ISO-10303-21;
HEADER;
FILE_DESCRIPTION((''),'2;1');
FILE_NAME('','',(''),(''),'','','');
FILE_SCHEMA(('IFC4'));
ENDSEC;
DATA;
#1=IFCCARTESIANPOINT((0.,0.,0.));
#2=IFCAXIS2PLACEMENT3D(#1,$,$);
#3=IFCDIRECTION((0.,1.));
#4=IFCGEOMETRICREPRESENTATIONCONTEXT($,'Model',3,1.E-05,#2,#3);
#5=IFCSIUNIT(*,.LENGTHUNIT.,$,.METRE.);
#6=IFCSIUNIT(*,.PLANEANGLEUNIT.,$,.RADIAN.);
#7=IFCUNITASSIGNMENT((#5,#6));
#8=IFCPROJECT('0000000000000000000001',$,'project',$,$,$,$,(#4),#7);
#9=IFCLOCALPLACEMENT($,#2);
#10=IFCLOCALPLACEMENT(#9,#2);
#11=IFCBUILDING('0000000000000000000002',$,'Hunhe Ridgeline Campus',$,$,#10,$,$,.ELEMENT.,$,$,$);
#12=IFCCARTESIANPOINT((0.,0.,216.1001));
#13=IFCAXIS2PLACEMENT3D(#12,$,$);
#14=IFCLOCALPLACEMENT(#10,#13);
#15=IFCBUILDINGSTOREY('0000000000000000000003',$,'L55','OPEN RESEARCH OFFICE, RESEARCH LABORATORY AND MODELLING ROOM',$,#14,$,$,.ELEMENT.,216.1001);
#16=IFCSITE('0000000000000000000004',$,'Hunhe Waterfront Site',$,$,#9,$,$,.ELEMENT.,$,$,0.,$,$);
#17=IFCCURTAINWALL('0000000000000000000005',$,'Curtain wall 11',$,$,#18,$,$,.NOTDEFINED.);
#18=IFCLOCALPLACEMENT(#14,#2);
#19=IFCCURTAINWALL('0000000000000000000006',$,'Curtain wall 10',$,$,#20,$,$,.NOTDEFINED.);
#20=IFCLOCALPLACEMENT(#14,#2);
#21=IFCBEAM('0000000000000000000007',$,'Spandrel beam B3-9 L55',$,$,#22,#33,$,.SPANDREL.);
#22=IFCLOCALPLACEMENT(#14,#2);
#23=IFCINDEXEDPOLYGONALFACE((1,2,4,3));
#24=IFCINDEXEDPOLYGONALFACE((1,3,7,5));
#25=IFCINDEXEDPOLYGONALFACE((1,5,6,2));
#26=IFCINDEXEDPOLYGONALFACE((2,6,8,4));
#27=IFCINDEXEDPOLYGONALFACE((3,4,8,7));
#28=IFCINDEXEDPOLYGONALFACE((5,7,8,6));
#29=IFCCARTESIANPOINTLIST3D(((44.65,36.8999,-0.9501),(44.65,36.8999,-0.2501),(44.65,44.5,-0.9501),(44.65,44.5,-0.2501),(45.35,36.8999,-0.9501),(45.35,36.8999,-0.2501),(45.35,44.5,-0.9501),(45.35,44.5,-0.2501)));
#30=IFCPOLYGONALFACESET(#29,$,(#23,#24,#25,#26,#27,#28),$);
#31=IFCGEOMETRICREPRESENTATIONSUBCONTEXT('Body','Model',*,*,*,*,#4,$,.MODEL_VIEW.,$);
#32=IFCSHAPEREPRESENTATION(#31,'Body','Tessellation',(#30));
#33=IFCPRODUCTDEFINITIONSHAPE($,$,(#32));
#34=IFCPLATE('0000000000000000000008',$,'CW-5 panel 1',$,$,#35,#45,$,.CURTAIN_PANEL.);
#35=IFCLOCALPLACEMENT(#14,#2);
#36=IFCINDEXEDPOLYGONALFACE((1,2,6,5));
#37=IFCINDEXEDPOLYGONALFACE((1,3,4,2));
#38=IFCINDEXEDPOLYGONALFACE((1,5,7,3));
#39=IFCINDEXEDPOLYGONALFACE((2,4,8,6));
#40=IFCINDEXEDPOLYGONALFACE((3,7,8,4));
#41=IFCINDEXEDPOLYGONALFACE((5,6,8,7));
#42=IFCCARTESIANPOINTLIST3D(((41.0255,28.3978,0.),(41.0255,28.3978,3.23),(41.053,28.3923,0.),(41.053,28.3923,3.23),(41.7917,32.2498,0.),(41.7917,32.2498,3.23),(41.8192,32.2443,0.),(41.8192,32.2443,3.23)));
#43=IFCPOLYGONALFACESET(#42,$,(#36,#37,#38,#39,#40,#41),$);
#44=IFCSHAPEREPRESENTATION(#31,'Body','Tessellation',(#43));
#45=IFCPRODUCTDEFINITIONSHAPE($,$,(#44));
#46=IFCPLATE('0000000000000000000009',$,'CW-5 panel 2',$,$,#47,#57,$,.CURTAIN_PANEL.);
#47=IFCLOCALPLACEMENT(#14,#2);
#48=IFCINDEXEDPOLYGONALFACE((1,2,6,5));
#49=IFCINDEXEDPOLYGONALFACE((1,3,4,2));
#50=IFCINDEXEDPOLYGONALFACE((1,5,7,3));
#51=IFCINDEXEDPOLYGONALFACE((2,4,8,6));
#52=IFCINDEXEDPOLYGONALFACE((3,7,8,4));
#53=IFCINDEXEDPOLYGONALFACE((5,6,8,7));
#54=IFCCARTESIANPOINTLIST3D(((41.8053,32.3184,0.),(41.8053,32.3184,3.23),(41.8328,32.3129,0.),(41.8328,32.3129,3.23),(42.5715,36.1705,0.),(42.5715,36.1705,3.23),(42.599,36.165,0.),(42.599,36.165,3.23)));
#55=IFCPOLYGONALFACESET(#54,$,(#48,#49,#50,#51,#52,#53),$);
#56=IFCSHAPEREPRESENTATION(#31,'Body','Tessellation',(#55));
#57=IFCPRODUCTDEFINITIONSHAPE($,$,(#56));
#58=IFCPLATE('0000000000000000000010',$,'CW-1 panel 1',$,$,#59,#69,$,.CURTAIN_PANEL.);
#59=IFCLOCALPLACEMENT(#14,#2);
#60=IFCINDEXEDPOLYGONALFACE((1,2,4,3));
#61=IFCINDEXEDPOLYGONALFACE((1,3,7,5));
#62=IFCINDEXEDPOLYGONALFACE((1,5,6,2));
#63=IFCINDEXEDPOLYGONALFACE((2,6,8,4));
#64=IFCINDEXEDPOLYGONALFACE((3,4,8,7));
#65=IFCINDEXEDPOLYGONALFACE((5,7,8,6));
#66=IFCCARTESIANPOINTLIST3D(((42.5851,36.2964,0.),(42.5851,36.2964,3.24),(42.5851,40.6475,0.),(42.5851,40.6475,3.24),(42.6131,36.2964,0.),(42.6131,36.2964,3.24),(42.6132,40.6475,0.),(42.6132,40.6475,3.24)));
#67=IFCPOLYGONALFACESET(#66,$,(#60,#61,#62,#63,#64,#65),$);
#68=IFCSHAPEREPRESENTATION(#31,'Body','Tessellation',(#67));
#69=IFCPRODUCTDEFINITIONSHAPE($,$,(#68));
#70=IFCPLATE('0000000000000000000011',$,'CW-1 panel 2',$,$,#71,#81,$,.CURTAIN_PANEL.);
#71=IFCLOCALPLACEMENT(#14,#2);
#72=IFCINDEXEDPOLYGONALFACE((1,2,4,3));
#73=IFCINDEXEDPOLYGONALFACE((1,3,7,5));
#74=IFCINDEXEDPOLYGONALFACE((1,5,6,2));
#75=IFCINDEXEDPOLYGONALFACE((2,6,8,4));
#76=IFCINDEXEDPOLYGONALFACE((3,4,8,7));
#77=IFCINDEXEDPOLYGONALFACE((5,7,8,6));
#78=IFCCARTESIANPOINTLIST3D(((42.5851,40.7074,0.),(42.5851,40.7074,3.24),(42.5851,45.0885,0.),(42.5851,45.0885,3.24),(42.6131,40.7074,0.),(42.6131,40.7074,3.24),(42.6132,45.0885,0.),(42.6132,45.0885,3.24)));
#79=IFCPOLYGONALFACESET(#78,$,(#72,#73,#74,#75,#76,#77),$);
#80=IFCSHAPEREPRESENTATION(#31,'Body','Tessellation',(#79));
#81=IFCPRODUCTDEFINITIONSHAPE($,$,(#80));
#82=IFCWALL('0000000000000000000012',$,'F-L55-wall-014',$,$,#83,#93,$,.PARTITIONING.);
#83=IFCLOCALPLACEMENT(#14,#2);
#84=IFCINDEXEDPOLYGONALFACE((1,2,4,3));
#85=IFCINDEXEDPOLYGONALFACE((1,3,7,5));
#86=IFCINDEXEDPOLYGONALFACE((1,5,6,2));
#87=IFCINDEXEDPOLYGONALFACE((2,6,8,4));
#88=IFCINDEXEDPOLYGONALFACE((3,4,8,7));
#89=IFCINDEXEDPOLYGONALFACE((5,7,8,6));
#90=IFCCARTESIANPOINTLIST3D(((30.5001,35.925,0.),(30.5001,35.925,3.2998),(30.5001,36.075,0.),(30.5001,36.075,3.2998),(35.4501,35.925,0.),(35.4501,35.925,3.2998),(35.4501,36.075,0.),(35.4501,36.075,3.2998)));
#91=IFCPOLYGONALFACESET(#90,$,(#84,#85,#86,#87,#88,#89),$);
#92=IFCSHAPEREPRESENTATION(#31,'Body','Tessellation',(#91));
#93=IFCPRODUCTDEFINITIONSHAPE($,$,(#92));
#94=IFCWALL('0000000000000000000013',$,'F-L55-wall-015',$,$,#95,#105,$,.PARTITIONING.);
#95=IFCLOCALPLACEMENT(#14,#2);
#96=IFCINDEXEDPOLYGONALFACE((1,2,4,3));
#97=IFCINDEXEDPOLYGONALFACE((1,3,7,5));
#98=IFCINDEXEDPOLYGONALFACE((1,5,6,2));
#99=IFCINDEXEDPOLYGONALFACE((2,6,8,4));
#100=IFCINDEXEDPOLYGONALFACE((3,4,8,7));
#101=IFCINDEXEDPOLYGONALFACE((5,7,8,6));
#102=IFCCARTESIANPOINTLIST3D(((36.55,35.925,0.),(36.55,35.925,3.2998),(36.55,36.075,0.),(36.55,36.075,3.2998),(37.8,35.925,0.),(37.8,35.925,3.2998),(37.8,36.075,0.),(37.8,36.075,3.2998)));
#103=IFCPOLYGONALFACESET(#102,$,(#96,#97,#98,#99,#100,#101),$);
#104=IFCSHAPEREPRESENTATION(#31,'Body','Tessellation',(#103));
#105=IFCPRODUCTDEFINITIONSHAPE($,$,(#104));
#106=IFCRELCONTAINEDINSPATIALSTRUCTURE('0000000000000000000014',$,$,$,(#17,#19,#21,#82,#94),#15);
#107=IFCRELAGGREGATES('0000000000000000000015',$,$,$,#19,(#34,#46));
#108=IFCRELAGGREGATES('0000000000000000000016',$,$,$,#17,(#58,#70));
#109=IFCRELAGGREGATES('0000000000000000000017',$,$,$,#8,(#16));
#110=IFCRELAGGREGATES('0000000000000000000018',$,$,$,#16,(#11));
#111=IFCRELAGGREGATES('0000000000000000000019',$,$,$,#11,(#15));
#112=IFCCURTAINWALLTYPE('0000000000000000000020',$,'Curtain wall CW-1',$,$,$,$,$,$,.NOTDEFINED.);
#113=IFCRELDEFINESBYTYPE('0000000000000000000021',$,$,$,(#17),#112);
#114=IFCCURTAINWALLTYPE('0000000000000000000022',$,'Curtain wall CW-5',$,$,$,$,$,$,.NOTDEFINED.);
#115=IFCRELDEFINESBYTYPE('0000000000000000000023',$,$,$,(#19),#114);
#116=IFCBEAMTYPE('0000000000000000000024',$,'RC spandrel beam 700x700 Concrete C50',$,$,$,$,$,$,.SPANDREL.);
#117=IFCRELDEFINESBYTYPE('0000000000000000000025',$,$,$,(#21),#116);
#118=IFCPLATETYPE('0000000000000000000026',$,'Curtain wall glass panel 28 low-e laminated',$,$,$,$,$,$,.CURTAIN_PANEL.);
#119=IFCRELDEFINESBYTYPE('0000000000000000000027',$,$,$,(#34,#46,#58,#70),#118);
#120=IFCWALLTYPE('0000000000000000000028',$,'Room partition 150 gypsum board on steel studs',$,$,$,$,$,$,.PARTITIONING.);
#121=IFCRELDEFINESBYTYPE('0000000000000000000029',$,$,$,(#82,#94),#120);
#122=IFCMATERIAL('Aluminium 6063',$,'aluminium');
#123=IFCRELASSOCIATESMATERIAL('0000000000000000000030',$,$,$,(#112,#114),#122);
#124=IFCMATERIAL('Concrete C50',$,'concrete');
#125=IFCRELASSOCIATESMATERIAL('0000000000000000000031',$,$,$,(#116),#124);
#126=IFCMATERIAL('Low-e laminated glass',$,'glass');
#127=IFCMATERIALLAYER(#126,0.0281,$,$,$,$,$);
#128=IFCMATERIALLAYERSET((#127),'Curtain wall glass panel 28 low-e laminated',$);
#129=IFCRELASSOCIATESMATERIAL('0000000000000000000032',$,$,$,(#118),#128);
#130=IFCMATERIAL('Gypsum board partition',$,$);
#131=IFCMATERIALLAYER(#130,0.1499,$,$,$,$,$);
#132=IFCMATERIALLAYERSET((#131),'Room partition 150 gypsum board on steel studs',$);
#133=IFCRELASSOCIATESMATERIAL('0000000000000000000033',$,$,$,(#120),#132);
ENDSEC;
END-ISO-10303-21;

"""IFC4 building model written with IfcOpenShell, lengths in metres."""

from ifc_helpers import new_model, si_unit, direction, frame, frame_2d, origin, origin_2d, place, context, subcontext, project, spatial, rectangle, extrude, material, layer, layer_set, material_profile, profile_set, type_object, element, aggregate, save


model = new_model("IFC4")

# Units and contexts
model_context = context("Model", 3, precision=1e-05, world=origin(), true_north=direction((0.0, 1.0)))
body_context = subcontext(model_context, "Body", "Model", "MODEL_VIEW")
ifc_project = project(units=[si_unit("LENGTHUNIT", "METRE"), si_unit("PLANEANGLEUNIT", "RADIAN")], contexts=[model_context])

# Site, building, storey
site_placement = place(None, origin())
site = spatial("IfcSite", under=ifc_project, at=site_placement, Name="Hunhe Waterfront Site", CompositionType="ELEMENT", RefElevation=0.0)
building_placement = place(site_placement, origin())
building = spatial("IfcBuilding", under=site, at=building_placement, Name="Hunhe Ridgeline Campus", CompositionType="ELEMENT")
storey_placement = place(building_placement, frame((0.0, 0.0, 216.1001)))
storey = spatial("IfcBuildingStorey", under=building, at=storey_placement, Name="L55", Description="OPEN RESEARCH OFFICE, RESEARCH LABORATORY AND MODELLING ROOM", CompositionType="ELEMENT", Elevation=216.1001)

# Curtain wall
ifc_material_1 = material(Name="Aluminium 6063", Category="aluminium")
curtain_wall_type_1 = type_object("IfcCurtainWallType", Name="Curtain wall CW-1", PredefinedType="NOTDEFINED", material=ifc_material_1)
curtain_wall_1_placement = place(storey_placement, origin())
curtain_wall_1 = element("IfcCurtainWall", 1, at=curtain_wall_1_placement, inside=storey, type_object=curtain_wall_type_1, Name="Curtain wall 11", PredefinedType="NOTDEFINED")

# Shared definitions
curtain_wall_type_2 = type_object("IfcCurtainWallType", Name="Curtain wall CW-5", PredefinedType="NOTDEFINED", material=ifc_material_1)

# Curtain wall
curtain_wall_2_placement = place(storey_placement, origin())
curtain_wall_2 = element("IfcCurtainWall", 2, at=curtain_wall_2_placement, inside=storey, type_object=curtain_wall_type_2, Name="Curtain wall 10", PredefinedType="NOTDEFINED")

# Beam
ifc_material_2 = material(Name="Concrete C50", Category="concrete")
ifc_material_profile_1 = material_profile(ifc_material_2, rectangle(XDim=0.7, YDim=0.7, at=origin_2d()))
ifc_profile_set_1 = profile_set([ifc_material_profile_1], Name="Concrete C50")
beam_type = type_object("IfcBeamType", Name="RC spandrel beam 700x700 Concrete C50", PredefinedType="SPANDREL", material=ifc_profile_set_1)
beam_1_placement = place(storey_placement, frame((45.0, 36.8999, -0.6001), z_axis=(0.0, 1.0, 0.0), x_axis=(-1.0, 0.0, 0.0)))
element("IfcBeam", 3, at=beam_1_placement, inside=storey, type_object=beam_type, Name="Spandrel beam B3-9 L55", PredefinedType="SPANDREL", context=body_context, shape_type="SweptSolid", body=[
    extrude(rectangle(XDim=0.7, YDim=0.7, at=origin_2d()), origin(), (0.0, 0.0, 1.0), 7.6001),
])

# Plates
ifc_material_3 = material(Name="Low-e laminated glass", Category="glass")
ifc_layer_1 = layer(ifc_material_3, 0.0281)
ifc_layer_set_1 = layer_set([ifc_layer_1], Name="Curtain wall glass panel 28 low-e laminated")
plate_type = type_object("IfcPlateType", Name="Curtain wall glass panel 28 low-e laminated", PredefinedType="CURTAIN_PANEL", material=ifc_layer_set_1)
plate_1_placement = place(storey_placement, frame((41.4224, 30.321, 0.0), z_axis=(0.0, 0.0, 1.0), x_axis=(0.19509, 0.980785, 0.0)))
plate_1 = element("IfcPlate", 4, at=plate_1_placement, type_object=plate_type, Name="CW-5 panel 1", PredefinedType="CURTAIN_PANEL", context=body_context, shape_type="SweptSolid", body=[
    extrude(rectangle(XDim=3.9275, YDim=0.0281, at=origin_2d()), origin(), (0.0, 0.0, 1.0), 3.23),
])
plate_2_placement = place(storey_placement, frame((42.2021, 34.2417, 0.0), z_axis=(0.0, 0.0, 1.0), x_axis=(0.19509, 0.980785, 0.0)))
plate_2 = element("IfcPlate", 5, at=plate_2_placement, type_object=plate_type, Name="CW-5 panel 2", PredefinedType="CURTAIN_PANEL", context=body_context, shape_type="SweptSolid", body=[
    extrude(rectangle(XDim=3.9275, YDim=0.0281, at=origin_2d()), origin(), (0.0, 0.0, 1.0), 3.23),
])
aggregate(curtain_wall_2, [plate_1, plate_2])
plate_3_placement = place(storey_placement, frame((42.5991, 38.4719, 0.0), z_axis=(0.0, 0.0, 1.0), x_axis=(0.000007, 1.0, 0.0)))
plate_3 = element("IfcPlate", 6, at=plate_3_placement, type_object=plate_type, Name="CW-1 panel 1", PredefinedType="CURTAIN_PANEL", context=body_context, shape_type="SweptSolid", body=[
    extrude(rectangle(XDim=4.3511, YDim=0.0281, at=origin_2d()), origin(), (0.0, 0.0, 1.0), 3.24),
])
plate_4_placement = place(storey_placement, frame((42.5991, 42.8979, 0.0), z_axis=(0.0, 0.0, 1.0), x_axis=(0.000007, 1.0, 0.0)))
plate_4 = element("IfcPlate", 7, at=plate_4_placement, type_object=plate_type, Name="CW-1 panel 2", PredefinedType="CURTAIN_PANEL", context=body_context, shape_type="SweptSolid", body=[
    extrude(rectangle(XDim=4.3811, YDim=0.0281, at=origin_2d()), origin(), (0.0, 0.0, 1.0), 3.24),
])
aggregate(curtain_wall_1, [plate_3, plate_4])

# Walls
ifc_material_4 = material(Name="Gypsum board partition")
ifc_layer_2 = layer(ifc_material_4, 0.1499)
ifc_layer_set_2 = layer_set([ifc_layer_2], Name="Room partition 150 gypsum board on steel studs")
wall_type = type_object("IfcWallType", Name="Room partition 150 gypsum board on steel studs", PredefinedType="PARTITIONING", material=ifc_layer_set_2)
wall_1_placement = place(storey_placement, frame((30.5, 36.0, 0.0), z_axis=(0.0, 0.0, 1.0), x_axis=(1.0, 0.0, 0.0)))
element("IfcWall", 8, at=wall_1_placement, inside=storey, type_object=wall_type, Name="F-L55-wall-014", PredefinedType="PARTITIONING", context=body_context, shape_type="SweptSolid", body=[
    extrude(rectangle(XDim=4.95, YDim=0.1499, at=frame_2d((2.4751, 0.0))), origin(), (0.0, 0.0, 1.0), 3.2998),
])
wall_2_placement = place(storey_placement, frame((36.55, 36.0, 0.0), z_axis=(0.0, 0.0, 1.0), x_axis=(1.0, 0.0, 0.0)))
element("IfcWall", 9, at=wall_2_placement, inside=storey, type_object=wall_type, Name="F-L55-wall-015", PredefinedType="PARTITIONING", context=body_context, shape_type="SweptSolid", body=[
    extrude(rectangle(XDim=1.25, YDim=0.1499, at=frame_2d((0.625, 0.0))), origin(), (0.0, 0.0, 1.0), 3.2998),
])

save(model, "model.ifc")
